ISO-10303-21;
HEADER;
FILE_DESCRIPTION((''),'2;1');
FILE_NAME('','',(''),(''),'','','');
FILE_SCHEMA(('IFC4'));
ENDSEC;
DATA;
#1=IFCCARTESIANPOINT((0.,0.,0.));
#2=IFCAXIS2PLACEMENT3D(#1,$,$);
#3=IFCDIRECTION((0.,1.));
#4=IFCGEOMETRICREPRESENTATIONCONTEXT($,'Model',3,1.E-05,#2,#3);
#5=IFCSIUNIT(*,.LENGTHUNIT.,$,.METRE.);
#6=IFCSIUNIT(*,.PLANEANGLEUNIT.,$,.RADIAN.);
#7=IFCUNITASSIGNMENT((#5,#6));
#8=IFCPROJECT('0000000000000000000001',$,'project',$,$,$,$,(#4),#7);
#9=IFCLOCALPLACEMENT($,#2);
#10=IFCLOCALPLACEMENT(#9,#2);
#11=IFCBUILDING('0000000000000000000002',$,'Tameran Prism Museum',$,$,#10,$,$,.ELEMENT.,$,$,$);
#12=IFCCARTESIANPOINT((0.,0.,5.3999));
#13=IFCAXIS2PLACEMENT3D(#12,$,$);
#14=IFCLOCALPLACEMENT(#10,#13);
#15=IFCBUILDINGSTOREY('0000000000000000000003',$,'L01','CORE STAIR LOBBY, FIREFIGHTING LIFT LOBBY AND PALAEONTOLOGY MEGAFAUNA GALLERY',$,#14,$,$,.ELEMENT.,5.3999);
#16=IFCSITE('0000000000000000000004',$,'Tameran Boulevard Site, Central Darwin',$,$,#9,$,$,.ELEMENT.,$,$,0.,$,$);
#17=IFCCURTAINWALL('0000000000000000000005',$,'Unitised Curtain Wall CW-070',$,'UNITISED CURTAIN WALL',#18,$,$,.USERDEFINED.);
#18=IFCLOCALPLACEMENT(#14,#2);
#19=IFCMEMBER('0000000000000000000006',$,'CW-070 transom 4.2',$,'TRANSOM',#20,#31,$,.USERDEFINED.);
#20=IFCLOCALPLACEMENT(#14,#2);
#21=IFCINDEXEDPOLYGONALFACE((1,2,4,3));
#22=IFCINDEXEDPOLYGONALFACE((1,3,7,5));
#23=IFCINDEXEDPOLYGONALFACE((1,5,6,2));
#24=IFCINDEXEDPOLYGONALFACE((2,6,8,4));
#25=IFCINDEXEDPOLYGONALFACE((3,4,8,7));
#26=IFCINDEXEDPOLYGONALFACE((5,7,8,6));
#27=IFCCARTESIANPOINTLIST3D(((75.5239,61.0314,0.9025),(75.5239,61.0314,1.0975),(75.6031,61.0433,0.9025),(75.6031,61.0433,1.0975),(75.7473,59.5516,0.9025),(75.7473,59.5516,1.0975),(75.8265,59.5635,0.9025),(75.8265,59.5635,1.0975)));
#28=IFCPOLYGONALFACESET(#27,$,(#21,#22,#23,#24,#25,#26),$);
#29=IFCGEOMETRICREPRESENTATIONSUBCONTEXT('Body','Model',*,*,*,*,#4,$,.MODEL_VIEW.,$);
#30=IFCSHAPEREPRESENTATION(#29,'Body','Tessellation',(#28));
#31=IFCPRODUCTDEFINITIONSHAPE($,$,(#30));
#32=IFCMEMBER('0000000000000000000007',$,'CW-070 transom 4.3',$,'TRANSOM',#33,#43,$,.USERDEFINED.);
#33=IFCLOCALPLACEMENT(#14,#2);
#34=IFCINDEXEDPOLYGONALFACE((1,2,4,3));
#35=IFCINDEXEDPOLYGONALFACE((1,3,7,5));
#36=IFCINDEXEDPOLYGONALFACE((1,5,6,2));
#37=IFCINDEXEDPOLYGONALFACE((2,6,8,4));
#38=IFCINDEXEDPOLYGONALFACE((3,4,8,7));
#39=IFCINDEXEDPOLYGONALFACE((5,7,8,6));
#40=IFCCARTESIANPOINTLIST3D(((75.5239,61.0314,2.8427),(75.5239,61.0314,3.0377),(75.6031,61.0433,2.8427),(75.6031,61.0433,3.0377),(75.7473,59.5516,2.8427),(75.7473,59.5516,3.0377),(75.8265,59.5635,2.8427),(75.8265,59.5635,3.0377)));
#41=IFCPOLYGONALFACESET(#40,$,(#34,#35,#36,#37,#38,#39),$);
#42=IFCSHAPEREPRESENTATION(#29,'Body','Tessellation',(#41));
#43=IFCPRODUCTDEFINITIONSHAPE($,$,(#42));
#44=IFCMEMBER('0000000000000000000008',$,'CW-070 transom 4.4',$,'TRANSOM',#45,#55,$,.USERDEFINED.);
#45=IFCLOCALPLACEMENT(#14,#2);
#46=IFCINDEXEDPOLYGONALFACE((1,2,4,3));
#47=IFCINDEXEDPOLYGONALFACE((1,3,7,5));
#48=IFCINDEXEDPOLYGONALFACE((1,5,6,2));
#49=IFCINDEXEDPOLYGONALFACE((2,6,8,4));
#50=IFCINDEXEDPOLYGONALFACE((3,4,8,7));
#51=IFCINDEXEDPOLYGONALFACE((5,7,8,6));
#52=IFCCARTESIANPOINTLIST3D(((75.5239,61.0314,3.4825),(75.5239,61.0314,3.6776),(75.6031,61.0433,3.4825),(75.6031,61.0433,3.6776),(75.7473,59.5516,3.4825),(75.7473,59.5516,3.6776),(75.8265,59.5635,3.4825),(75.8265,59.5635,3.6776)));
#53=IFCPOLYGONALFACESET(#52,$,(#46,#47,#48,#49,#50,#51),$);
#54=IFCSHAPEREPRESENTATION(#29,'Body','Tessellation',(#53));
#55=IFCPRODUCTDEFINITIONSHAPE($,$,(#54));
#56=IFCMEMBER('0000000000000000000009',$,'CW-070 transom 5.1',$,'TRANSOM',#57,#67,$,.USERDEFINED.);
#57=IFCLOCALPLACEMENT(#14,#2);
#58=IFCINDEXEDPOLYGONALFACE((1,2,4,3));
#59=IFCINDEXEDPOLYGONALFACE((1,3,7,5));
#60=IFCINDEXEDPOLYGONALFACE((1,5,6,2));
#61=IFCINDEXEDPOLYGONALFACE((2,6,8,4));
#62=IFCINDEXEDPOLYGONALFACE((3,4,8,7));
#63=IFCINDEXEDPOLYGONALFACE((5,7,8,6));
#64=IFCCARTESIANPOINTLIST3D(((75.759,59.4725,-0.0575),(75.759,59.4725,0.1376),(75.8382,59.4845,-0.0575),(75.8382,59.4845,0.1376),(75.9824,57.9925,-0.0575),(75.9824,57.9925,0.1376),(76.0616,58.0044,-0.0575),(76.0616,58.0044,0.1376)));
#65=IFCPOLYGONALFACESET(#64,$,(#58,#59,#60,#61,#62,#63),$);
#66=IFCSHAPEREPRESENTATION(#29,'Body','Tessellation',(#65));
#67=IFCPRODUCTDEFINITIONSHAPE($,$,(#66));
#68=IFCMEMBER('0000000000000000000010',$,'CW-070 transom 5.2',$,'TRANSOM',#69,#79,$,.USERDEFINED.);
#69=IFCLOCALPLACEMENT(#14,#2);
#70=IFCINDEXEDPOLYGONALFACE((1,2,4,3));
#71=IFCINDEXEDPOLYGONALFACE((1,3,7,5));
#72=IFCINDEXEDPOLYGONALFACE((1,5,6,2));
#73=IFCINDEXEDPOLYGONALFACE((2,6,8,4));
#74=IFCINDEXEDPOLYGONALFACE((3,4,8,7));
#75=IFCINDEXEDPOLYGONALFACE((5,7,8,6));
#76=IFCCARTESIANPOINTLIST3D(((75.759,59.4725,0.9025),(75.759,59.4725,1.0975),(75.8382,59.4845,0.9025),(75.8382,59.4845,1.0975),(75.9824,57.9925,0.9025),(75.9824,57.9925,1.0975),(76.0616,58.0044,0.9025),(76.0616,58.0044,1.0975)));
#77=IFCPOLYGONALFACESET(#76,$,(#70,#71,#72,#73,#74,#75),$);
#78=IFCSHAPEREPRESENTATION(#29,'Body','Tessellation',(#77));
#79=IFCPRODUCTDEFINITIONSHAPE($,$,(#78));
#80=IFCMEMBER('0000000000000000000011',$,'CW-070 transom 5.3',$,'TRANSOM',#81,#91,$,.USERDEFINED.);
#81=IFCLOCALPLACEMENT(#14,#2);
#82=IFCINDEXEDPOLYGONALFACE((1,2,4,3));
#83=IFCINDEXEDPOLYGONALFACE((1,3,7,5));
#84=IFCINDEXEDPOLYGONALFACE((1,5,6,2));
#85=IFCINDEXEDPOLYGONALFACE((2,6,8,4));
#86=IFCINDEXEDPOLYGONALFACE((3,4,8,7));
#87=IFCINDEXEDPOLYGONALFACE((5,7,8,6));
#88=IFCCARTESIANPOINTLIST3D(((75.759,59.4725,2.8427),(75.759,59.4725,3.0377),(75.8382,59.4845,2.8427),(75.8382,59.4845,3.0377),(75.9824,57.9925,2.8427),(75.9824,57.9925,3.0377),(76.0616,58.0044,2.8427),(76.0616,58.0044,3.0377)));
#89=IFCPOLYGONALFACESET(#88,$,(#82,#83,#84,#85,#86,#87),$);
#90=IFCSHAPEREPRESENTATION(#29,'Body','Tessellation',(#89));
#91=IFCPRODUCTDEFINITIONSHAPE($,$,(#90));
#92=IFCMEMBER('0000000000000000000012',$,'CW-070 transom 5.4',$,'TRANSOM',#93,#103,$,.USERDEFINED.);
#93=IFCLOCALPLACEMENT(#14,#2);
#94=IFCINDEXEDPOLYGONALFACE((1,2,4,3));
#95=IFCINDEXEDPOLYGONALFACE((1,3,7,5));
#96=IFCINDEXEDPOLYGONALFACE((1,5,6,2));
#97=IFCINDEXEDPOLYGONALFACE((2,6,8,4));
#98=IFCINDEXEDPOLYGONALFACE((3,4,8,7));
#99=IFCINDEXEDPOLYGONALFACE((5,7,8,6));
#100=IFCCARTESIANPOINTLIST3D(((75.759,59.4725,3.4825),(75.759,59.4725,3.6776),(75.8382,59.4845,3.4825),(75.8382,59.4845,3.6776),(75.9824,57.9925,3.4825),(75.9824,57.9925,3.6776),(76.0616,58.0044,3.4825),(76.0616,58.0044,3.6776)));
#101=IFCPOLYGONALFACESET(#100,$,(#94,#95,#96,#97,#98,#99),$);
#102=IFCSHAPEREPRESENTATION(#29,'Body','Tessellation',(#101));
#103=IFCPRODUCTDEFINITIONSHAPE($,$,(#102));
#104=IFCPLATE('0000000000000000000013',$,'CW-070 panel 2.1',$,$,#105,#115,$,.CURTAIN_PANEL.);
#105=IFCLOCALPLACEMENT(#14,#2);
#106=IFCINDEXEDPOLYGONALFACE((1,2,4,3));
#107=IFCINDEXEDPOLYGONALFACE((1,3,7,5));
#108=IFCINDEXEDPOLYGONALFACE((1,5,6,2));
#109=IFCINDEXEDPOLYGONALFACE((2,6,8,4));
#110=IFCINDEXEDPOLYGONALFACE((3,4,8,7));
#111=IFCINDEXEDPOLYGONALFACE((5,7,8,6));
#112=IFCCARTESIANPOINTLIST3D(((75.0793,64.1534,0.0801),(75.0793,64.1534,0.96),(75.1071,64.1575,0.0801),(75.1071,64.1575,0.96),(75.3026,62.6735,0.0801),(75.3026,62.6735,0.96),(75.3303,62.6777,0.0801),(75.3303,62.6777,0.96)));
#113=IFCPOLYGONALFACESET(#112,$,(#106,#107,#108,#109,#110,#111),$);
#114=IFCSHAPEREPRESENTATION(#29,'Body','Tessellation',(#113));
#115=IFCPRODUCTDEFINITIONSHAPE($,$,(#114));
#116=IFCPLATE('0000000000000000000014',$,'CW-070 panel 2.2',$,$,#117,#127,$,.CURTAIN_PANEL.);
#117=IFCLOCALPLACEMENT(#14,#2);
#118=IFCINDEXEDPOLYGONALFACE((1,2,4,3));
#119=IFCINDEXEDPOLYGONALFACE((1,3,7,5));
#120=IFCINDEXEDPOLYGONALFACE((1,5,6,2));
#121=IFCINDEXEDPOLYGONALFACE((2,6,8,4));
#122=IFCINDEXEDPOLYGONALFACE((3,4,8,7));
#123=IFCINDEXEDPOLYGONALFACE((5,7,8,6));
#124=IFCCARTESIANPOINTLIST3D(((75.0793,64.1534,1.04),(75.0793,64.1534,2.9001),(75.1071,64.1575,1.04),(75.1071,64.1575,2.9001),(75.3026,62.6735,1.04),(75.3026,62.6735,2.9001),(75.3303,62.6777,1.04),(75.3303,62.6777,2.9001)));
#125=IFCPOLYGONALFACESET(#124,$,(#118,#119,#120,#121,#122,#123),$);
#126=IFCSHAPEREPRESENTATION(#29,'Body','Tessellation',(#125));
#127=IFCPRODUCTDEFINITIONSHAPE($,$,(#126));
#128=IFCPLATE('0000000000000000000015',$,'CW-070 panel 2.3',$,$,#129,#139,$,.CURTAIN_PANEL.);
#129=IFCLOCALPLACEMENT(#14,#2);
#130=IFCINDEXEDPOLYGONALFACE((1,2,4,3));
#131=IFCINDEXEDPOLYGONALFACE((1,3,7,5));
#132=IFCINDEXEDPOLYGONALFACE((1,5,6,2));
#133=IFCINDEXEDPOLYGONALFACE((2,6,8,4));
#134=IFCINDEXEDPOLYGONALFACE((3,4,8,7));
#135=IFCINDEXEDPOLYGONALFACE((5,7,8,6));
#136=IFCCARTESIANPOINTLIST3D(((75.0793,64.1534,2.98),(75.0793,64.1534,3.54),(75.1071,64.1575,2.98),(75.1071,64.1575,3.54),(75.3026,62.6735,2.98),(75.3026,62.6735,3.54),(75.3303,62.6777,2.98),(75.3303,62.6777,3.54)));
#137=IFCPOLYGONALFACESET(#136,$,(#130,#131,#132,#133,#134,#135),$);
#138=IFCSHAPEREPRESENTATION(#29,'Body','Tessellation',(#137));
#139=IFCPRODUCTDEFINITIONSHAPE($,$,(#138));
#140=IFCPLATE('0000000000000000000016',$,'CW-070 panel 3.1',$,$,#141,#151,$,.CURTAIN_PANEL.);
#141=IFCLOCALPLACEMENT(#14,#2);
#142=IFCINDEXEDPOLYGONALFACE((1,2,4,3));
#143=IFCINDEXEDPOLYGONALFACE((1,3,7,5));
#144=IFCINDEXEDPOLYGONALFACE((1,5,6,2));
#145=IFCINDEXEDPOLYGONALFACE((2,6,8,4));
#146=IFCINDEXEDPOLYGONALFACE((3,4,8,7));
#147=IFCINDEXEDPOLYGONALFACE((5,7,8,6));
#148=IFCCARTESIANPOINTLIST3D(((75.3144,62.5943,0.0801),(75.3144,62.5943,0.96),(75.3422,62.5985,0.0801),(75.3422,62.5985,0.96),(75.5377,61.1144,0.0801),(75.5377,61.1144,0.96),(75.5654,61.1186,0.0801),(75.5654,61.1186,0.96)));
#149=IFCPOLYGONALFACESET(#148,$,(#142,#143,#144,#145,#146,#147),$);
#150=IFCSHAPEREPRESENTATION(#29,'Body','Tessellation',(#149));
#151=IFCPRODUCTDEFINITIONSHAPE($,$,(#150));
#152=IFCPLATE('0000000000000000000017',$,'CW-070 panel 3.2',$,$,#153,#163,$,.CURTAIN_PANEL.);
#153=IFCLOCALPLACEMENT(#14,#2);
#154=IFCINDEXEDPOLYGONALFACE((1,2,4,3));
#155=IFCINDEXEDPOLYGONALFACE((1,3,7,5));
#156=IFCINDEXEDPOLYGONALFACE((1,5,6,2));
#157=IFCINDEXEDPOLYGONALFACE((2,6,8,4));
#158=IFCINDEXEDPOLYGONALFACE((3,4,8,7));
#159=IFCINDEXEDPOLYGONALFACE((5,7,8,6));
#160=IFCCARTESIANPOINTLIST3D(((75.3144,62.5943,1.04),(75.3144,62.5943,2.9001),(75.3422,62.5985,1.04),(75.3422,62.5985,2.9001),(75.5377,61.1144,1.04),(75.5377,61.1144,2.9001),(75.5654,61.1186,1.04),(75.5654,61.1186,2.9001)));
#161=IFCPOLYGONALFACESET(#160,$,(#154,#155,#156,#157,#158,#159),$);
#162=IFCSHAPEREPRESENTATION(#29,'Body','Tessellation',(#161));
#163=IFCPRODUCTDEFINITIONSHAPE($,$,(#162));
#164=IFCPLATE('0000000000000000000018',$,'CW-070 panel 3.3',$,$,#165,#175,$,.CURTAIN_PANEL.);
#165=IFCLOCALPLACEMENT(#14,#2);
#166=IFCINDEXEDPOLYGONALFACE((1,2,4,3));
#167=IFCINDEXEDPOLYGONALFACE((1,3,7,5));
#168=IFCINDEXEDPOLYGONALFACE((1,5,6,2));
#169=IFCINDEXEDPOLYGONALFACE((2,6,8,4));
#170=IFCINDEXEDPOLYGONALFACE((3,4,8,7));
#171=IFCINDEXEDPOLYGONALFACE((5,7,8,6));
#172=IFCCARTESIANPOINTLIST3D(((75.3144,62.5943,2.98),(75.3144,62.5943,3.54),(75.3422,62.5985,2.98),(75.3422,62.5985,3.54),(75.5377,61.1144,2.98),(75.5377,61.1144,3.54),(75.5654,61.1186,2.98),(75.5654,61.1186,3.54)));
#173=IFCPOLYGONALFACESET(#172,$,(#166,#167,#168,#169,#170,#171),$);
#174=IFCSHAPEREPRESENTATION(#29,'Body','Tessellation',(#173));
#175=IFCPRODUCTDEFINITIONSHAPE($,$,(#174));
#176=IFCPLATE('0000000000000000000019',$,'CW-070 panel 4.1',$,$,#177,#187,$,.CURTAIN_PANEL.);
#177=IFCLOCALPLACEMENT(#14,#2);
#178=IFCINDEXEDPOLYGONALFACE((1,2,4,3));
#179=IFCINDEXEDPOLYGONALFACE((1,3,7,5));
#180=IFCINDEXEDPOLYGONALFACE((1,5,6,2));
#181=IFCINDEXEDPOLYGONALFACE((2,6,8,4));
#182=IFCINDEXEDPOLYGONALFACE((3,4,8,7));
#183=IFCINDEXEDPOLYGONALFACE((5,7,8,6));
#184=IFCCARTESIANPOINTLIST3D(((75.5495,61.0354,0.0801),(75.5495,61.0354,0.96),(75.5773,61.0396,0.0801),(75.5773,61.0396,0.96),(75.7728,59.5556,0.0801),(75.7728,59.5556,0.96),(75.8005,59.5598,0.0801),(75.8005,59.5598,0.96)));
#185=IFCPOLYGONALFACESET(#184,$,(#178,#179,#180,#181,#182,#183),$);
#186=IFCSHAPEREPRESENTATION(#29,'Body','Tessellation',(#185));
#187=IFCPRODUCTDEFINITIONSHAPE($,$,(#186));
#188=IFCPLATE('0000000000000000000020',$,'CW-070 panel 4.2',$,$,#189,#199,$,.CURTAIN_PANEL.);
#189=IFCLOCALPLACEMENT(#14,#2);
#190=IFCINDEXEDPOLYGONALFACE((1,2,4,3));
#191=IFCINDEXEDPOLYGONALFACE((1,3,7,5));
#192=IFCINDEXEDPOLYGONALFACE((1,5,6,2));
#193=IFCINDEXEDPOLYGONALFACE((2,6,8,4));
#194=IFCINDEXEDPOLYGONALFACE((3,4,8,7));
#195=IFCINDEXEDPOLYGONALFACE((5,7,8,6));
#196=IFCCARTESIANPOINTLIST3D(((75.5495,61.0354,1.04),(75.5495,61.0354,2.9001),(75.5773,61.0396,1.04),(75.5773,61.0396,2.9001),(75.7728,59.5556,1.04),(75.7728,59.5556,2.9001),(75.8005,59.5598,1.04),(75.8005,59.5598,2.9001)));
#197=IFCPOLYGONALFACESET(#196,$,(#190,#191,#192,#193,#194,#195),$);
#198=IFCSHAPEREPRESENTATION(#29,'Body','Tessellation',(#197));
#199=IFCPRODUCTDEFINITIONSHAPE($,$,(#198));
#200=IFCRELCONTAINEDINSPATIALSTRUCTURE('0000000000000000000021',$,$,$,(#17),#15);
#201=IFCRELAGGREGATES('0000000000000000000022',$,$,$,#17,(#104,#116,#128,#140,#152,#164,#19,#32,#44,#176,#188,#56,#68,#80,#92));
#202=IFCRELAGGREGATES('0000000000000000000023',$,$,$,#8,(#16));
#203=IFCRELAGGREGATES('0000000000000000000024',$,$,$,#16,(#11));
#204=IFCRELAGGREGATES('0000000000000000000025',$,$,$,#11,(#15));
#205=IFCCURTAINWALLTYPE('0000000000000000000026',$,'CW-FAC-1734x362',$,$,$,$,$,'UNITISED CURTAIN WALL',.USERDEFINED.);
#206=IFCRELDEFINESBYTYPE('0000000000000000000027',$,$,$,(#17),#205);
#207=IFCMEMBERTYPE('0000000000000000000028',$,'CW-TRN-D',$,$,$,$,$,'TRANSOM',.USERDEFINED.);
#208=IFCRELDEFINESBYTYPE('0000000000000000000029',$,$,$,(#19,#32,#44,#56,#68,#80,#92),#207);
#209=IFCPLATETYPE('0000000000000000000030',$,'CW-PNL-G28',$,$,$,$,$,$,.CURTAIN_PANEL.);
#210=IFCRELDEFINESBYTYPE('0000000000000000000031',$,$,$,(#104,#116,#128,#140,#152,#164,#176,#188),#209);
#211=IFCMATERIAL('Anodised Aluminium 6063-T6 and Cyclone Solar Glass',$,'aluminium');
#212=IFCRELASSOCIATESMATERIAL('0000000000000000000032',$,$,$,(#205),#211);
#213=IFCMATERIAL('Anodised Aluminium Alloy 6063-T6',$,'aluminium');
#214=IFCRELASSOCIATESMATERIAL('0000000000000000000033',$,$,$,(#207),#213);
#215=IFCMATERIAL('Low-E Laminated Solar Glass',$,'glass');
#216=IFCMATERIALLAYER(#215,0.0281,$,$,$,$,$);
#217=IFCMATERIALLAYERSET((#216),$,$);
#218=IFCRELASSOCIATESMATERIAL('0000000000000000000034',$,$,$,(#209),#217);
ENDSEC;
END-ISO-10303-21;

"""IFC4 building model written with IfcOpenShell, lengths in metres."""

from ifc_helpers import new_model, si_unit, direction, frame, origin, origin_2d, place, context, subcontext, project, spatial, rectangle, extrude, material, layer, layer_set, material_profile, profile_set, type_object, element, aggregate, save


model = new_model("IFC4")

# Units and contexts
model_context = context("Model", 3, precision=1e-05, world=origin(), true_north=direction((0.0, 1.0)))
body_context = subcontext(model_context, "Body", "Model", "MODEL_VIEW")
ifc_project = project(units=[si_unit("LENGTHUNIT", "METRE"), si_unit("PLANEANGLEUNIT", "RADIAN")], contexts=[model_context])

# Site, building, storey
site_placement = place(None, origin())
site = spatial("IfcSite", under=ifc_project, at=site_placement, Name="Tameran Boulevard Site, Central Darwin", CompositionType="ELEMENT", RefElevation=0.0)
building_placement = place(site_placement, origin())
building = spatial("IfcBuilding", under=site, at=building_placement, Name="Tameran Prism Museum", CompositionType="ELEMENT")
storey_placement = place(building_placement, frame((0.0, 0.0, 5.3999)))
storey = spatial("IfcBuildingStorey", under=building, at=storey_placement, Name="L01", Description="CORE STAIR LOBBY, FIREFIGHTING LIFT LOBBY AND PALAEONTOLOGY MEGAFAUNA GALLERY", CompositionType="ELEMENT", Elevation=5.3999)

# Curtain wall, members, plates
ifc_material_1 = material(Name="Anodised Aluminium 6063-T6 and Cyclone Solar Glass", Category="aluminium")
curtain_wall_type = type_object("IfcCurtainWallType", Name="CW-FAC-1734x362", ElementType="UNITISED CURTAIN WALL", PredefinedType="USERDEFINED", material=ifc_material_1)
curtain_wall_placement = place(storey_placement, origin())
curtain_wall = element("IfcCurtainWall", 1, at=curtain_wall_placement, inside=storey, type_object=curtain_wall_type, Name="Unitised Curtain Wall CW-070", ObjectType="UNITISED CURTAIN WALL", PredefinedType="USERDEFINED")
ifc_material_2 = material(Name="Anodised Aluminium Alloy 6063-T6", Category="aluminium")
ifc_material_profile_1 = material_profile(ifc_material_2, rectangle(XDim=0.0801, YDim=0.1951, at=origin_2d()))
ifc_profile_set_1 = profile_set([ifc_material_profile_1])
member_type_1 = type_object("IfcMemberType", Name="CW-TRN-D", ElementType="TRANSOM", PredefinedType="USERDEFINED", material=ifc_profile_set_1)
member_1_placement = place(storey_placement, frame((75.5635, 61.0374, 1.0), z_axis=(0.149274, -0.988796, 0.0), x_axis=(0.988796, 0.149274, 0.0)))
member_1 = element("IfcMember", 2, at=member_1_placement, type_object=member_type_1, Name="CW-070 transom 4.2", ObjectType="TRANSOM", PredefinedType="USERDEFINED", context=body_context, shape_type="SweptSolid", body=[
    extrude(rectangle(XDim=0.0801, YDim=0.1951, at=origin_2d()), origin(), (0.0, 0.0, 1.0), 1.4966),
])
member_2_placement = place(storey_placement, frame((75.5635, 61.0374, 2.9402), z_axis=(0.149274, -0.988796, 0.0), x_axis=(0.988796, 0.149274, 0.0)))
member_2 = element("IfcMember", 3, at=member_2_placement, type_object=member_type_1, Name="CW-070 transom 4.3", ObjectType="TRANSOM", PredefinedType="USERDEFINED", context=body_context, shape_type="SweptSolid", body=[
    extrude(rectangle(XDim=0.0801, YDim=0.1951, at=origin_2d()), origin(), (0.0, 0.0, 1.0), 1.4966),
])
member_3_placement = place(storey_placement, frame((75.5635, 61.0374, 3.5801), z_axis=(0.149274, -0.988796, 0.0), x_axis=(0.988796, 0.149274, 0.0)))
member_3 = element("IfcMember", 4, at=member_3_placement, type_object=member_type_1, Name="CW-070 transom 4.4", ObjectType="TRANSOM", PredefinedType="USERDEFINED", context=body_context, shape_type="SweptSolid", body=[
    extrude(rectangle(XDim=0.0801, YDim=0.1951, at=origin_2d()), origin(), (0.0, 0.0, 1.0), 1.4966),
])
member_4_placement = place(storey_placement, frame((75.7986, 59.4785, 0.04), z_axis=(0.14925, -0.9888, 0.0), x_axis=(0.9888, 0.14925, 0.0)))
member_4 = element("IfcMember", 5, at=member_4_placement, type_object=member_type_1, Name="CW-070 transom 5.1", ObjectType="TRANSOM", PredefinedType="USERDEFINED", context=body_context, shape_type="SweptSolid", body=[
    extrude(rectangle(XDim=0.0801, YDim=0.1951, at=origin_2d()), origin(), (0.0, 0.0, 1.0), 1.4968),
])
member_5_placement = place(storey_placement, frame((75.7986, 59.4785, 1.0), z_axis=(0.14925, -0.9888, 0.0), x_axis=(0.9888, 0.14925, 0.0)))
member_5 = element("IfcMember", 6, at=member_5_placement, type_object=member_type_1, Name="CW-070 transom 5.2", ObjectType="TRANSOM", PredefinedType="USERDEFINED", context=body_context, shape_type="SweptSolid", body=[
    extrude(rectangle(XDim=0.0801, YDim=0.1951, at=origin_2d()), origin(), (0.0, 0.0, 1.0), 1.4968),
])
member_6_placement = place(storey_placement, frame((75.7986, 59.4785, 2.9402), z_axis=(0.14925, -0.9888, 0.0), x_axis=(0.9888, 0.14925, 0.0)))
member_6 = element("IfcMember", 7, at=member_6_placement, type_object=member_type_1, Name="CW-070 transom 5.3", ObjectType="TRANSOM", PredefinedType="USERDEFINED", context=body_context, shape_type="SweptSolid", body=[
    extrude(rectangle(XDim=0.0801, YDim=0.1951, at=origin_2d()), origin(), (0.0, 0.0, 1.0), 1.4968),
])
member_7_placement = place(storey_placement, frame((75.7986, 59.4785, 3.5801), z_axis=(0.14925, -0.9888, 0.0), x_axis=(0.9888, 0.14925, 0.0)))
member_7 = element("IfcMember", 8, at=member_7_placement, type_object=member_type_1, Name="CW-070 transom 5.4", ObjectType="TRANSOM", PredefinedType="USERDEFINED", context=body_context, shape_type="SweptSolid", body=[
    extrude(rectangle(XDim=0.0801, YDim=0.1951, at=origin_2d()), origin(), (0.0, 0.0, 1.0), 1.4968),
])
ifc_material_3 = material(Name="Low-E Laminated Solar Glass", Category="glass")
ifc_layer = layer(ifc_material_3, 0.0281)
ifc_layer_set = layer_set([ifc_layer])
plate_type = type_object("IfcPlateType", Name="CW-PNL-G28", PredefinedType="CURTAIN_PANEL", material=ifc_layer_set)
plate_1_placement = place(storey_placement, frame((75.2048, 63.4155, 0.0801), z_axis=(0.0, 0.0, 1.0), x_axis=(0.149167, -0.988812, 0.0)))
plate_1 = element("IfcPlate", 9, at=plate_1_placement, type_object=plate_type, Name="CW-070 panel 2.1", PredefinedType="CURTAIN_PANEL", context=body_context, shape_type="SweptSolid", body=[
    extrude(rectangle(XDim=1.4966, YDim=0.0281, at=origin_2d()), origin(), (0.0, 0.0, 1.0), 0.8799),
])
plate_2_placement = place(storey_placement, frame((75.2048, 63.4155, 1.04), z_axis=(0.0, 0.0, 1.0), x_axis=(0.149167, -0.988812, 0.0)))
plate_2 = element("IfcPlate", 10, at=plate_2_placement, type_object=plate_type, Name="CW-070 panel 2.2", PredefinedType="CURTAIN_PANEL", context=body_context, shape_type="SweptSolid", body=[
    extrude(rectangle(XDim=1.4966, YDim=0.0281, at=origin_2d()), origin(), (0.0, 0.0, 1.0), 1.8601),
])
plate_3_placement = place(storey_placement, frame((75.2048, 63.4155, 2.98), z_axis=(0.0, 0.0, 1.0), x_axis=(0.149167, -0.988812, 0.0)))
plate_3 = element("IfcPlate", 11, at=plate_3_placement, type_object=plate_type, Name="CW-070 panel 2.3", PredefinedType="CURTAIN_PANEL", context=body_context, shape_type="SweptSolid", body=[
    extrude(rectangle(XDim=1.4966, YDim=0.0281, at=origin_2d()), origin(), (0.0, 0.0, 1.0), 0.5601),
])
plate_4_placement = place(storey_placement, frame((75.4399, 61.8564, 0.0801), z_axis=(0.0, 0.0, 1.0), x_axis=(0.149167, -0.988812, 0.0)))
plate_4 = element("IfcPlate", 12, at=plate_4_placement, type_object=plate_type, Name="CW-070 panel 3.1", PredefinedType="CURTAIN_PANEL", context=body_context, shape_type="SweptSolid", body=[
    extrude(rectangle(XDim=1.4966, YDim=0.0281, at=origin_2d()), origin(), (0.0, 0.0, 1.0), 0.8799),
])
plate_5_placement = place(storey_placement, frame((75.4399, 61.8564, 1.04), z_axis=(0.0, 0.0, 1.0), x_axis=(0.149167, -0.988812, 0.0)))
plate_5 = element("IfcPlate", 13, at=plate_5_placement, type_object=plate_type, Name="CW-070 panel 3.2", PredefinedType="CURTAIN_PANEL", context=body_context, shape_type="SweptSolid", body=[
    extrude(rectangle(XDim=1.4966, YDim=0.0281, at=origin_2d()), origin(), (0.0, 0.0, 1.0), 1.8601),
])
plate_6_placement = place(storey_placement, frame((75.4399, 61.8564, 2.98), z_axis=(0.0, 0.0, 1.0), x_axis=(0.149167, -0.988812, 0.0)))
plate_6 = element("IfcPlate", 14, at=plate_6_placement, type_object=plate_type, Name="CW-070 panel 3.3", PredefinedType="CURTAIN_PANEL", context=body_context, shape_type="SweptSolid", body=[
    extrude(rectangle(XDim=1.4966, YDim=0.0281, at=origin_2d()), origin(), (0.0, 0.0, 1.0), 0.5601),
])
plate_7_placement = place(storey_placement, frame((75.675, 60.2976, 0.0801), z_axis=(0.0, 0.0, 1.0), x_axis=(0.149167, -0.988812, 0.0)))
plate_7 = element("IfcPlate", 15, at=plate_7_placement, type_object=plate_type, Name="CW-070 panel 4.1", PredefinedType="CURTAIN_PANEL", context=body_context, shape_type="SweptSolid", body=[
    extrude(rectangle(XDim=1.4966, YDim=0.0281, at=origin_2d()), origin(), (0.0, 0.0, 1.0), 0.8799),
])
plate_8_placement = place(storey_placement, frame((75.675, 60.2976, 1.04), z_axis=(0.0, 0.0, 1.0), x_axis=(0.149167, -0.988812, 0.0)))
plate_8 = element("IfcPlate", 16, at=plate_8_placement, type_object=plate_type, Name="CW-070 panel 4.2", PredefinedType="CURTAIN_PANEL", context=body_context, shape_type="SweptSolid", body=[
    extrude(rectangle(XDim=1.4966, YDim=0.0281, at=origin_2d()), origin(), (0.0, 0.0, 1.0), 1.8601),
])
aggregate(curtain_wall, [plate_1, plate_2, plate_3, plate_4, plate_5, plate_6, member_1, member_2, member_3, plate_7, plate_8, member_4, member_5, member_6, member_7])

save(model, "model.ifc")
